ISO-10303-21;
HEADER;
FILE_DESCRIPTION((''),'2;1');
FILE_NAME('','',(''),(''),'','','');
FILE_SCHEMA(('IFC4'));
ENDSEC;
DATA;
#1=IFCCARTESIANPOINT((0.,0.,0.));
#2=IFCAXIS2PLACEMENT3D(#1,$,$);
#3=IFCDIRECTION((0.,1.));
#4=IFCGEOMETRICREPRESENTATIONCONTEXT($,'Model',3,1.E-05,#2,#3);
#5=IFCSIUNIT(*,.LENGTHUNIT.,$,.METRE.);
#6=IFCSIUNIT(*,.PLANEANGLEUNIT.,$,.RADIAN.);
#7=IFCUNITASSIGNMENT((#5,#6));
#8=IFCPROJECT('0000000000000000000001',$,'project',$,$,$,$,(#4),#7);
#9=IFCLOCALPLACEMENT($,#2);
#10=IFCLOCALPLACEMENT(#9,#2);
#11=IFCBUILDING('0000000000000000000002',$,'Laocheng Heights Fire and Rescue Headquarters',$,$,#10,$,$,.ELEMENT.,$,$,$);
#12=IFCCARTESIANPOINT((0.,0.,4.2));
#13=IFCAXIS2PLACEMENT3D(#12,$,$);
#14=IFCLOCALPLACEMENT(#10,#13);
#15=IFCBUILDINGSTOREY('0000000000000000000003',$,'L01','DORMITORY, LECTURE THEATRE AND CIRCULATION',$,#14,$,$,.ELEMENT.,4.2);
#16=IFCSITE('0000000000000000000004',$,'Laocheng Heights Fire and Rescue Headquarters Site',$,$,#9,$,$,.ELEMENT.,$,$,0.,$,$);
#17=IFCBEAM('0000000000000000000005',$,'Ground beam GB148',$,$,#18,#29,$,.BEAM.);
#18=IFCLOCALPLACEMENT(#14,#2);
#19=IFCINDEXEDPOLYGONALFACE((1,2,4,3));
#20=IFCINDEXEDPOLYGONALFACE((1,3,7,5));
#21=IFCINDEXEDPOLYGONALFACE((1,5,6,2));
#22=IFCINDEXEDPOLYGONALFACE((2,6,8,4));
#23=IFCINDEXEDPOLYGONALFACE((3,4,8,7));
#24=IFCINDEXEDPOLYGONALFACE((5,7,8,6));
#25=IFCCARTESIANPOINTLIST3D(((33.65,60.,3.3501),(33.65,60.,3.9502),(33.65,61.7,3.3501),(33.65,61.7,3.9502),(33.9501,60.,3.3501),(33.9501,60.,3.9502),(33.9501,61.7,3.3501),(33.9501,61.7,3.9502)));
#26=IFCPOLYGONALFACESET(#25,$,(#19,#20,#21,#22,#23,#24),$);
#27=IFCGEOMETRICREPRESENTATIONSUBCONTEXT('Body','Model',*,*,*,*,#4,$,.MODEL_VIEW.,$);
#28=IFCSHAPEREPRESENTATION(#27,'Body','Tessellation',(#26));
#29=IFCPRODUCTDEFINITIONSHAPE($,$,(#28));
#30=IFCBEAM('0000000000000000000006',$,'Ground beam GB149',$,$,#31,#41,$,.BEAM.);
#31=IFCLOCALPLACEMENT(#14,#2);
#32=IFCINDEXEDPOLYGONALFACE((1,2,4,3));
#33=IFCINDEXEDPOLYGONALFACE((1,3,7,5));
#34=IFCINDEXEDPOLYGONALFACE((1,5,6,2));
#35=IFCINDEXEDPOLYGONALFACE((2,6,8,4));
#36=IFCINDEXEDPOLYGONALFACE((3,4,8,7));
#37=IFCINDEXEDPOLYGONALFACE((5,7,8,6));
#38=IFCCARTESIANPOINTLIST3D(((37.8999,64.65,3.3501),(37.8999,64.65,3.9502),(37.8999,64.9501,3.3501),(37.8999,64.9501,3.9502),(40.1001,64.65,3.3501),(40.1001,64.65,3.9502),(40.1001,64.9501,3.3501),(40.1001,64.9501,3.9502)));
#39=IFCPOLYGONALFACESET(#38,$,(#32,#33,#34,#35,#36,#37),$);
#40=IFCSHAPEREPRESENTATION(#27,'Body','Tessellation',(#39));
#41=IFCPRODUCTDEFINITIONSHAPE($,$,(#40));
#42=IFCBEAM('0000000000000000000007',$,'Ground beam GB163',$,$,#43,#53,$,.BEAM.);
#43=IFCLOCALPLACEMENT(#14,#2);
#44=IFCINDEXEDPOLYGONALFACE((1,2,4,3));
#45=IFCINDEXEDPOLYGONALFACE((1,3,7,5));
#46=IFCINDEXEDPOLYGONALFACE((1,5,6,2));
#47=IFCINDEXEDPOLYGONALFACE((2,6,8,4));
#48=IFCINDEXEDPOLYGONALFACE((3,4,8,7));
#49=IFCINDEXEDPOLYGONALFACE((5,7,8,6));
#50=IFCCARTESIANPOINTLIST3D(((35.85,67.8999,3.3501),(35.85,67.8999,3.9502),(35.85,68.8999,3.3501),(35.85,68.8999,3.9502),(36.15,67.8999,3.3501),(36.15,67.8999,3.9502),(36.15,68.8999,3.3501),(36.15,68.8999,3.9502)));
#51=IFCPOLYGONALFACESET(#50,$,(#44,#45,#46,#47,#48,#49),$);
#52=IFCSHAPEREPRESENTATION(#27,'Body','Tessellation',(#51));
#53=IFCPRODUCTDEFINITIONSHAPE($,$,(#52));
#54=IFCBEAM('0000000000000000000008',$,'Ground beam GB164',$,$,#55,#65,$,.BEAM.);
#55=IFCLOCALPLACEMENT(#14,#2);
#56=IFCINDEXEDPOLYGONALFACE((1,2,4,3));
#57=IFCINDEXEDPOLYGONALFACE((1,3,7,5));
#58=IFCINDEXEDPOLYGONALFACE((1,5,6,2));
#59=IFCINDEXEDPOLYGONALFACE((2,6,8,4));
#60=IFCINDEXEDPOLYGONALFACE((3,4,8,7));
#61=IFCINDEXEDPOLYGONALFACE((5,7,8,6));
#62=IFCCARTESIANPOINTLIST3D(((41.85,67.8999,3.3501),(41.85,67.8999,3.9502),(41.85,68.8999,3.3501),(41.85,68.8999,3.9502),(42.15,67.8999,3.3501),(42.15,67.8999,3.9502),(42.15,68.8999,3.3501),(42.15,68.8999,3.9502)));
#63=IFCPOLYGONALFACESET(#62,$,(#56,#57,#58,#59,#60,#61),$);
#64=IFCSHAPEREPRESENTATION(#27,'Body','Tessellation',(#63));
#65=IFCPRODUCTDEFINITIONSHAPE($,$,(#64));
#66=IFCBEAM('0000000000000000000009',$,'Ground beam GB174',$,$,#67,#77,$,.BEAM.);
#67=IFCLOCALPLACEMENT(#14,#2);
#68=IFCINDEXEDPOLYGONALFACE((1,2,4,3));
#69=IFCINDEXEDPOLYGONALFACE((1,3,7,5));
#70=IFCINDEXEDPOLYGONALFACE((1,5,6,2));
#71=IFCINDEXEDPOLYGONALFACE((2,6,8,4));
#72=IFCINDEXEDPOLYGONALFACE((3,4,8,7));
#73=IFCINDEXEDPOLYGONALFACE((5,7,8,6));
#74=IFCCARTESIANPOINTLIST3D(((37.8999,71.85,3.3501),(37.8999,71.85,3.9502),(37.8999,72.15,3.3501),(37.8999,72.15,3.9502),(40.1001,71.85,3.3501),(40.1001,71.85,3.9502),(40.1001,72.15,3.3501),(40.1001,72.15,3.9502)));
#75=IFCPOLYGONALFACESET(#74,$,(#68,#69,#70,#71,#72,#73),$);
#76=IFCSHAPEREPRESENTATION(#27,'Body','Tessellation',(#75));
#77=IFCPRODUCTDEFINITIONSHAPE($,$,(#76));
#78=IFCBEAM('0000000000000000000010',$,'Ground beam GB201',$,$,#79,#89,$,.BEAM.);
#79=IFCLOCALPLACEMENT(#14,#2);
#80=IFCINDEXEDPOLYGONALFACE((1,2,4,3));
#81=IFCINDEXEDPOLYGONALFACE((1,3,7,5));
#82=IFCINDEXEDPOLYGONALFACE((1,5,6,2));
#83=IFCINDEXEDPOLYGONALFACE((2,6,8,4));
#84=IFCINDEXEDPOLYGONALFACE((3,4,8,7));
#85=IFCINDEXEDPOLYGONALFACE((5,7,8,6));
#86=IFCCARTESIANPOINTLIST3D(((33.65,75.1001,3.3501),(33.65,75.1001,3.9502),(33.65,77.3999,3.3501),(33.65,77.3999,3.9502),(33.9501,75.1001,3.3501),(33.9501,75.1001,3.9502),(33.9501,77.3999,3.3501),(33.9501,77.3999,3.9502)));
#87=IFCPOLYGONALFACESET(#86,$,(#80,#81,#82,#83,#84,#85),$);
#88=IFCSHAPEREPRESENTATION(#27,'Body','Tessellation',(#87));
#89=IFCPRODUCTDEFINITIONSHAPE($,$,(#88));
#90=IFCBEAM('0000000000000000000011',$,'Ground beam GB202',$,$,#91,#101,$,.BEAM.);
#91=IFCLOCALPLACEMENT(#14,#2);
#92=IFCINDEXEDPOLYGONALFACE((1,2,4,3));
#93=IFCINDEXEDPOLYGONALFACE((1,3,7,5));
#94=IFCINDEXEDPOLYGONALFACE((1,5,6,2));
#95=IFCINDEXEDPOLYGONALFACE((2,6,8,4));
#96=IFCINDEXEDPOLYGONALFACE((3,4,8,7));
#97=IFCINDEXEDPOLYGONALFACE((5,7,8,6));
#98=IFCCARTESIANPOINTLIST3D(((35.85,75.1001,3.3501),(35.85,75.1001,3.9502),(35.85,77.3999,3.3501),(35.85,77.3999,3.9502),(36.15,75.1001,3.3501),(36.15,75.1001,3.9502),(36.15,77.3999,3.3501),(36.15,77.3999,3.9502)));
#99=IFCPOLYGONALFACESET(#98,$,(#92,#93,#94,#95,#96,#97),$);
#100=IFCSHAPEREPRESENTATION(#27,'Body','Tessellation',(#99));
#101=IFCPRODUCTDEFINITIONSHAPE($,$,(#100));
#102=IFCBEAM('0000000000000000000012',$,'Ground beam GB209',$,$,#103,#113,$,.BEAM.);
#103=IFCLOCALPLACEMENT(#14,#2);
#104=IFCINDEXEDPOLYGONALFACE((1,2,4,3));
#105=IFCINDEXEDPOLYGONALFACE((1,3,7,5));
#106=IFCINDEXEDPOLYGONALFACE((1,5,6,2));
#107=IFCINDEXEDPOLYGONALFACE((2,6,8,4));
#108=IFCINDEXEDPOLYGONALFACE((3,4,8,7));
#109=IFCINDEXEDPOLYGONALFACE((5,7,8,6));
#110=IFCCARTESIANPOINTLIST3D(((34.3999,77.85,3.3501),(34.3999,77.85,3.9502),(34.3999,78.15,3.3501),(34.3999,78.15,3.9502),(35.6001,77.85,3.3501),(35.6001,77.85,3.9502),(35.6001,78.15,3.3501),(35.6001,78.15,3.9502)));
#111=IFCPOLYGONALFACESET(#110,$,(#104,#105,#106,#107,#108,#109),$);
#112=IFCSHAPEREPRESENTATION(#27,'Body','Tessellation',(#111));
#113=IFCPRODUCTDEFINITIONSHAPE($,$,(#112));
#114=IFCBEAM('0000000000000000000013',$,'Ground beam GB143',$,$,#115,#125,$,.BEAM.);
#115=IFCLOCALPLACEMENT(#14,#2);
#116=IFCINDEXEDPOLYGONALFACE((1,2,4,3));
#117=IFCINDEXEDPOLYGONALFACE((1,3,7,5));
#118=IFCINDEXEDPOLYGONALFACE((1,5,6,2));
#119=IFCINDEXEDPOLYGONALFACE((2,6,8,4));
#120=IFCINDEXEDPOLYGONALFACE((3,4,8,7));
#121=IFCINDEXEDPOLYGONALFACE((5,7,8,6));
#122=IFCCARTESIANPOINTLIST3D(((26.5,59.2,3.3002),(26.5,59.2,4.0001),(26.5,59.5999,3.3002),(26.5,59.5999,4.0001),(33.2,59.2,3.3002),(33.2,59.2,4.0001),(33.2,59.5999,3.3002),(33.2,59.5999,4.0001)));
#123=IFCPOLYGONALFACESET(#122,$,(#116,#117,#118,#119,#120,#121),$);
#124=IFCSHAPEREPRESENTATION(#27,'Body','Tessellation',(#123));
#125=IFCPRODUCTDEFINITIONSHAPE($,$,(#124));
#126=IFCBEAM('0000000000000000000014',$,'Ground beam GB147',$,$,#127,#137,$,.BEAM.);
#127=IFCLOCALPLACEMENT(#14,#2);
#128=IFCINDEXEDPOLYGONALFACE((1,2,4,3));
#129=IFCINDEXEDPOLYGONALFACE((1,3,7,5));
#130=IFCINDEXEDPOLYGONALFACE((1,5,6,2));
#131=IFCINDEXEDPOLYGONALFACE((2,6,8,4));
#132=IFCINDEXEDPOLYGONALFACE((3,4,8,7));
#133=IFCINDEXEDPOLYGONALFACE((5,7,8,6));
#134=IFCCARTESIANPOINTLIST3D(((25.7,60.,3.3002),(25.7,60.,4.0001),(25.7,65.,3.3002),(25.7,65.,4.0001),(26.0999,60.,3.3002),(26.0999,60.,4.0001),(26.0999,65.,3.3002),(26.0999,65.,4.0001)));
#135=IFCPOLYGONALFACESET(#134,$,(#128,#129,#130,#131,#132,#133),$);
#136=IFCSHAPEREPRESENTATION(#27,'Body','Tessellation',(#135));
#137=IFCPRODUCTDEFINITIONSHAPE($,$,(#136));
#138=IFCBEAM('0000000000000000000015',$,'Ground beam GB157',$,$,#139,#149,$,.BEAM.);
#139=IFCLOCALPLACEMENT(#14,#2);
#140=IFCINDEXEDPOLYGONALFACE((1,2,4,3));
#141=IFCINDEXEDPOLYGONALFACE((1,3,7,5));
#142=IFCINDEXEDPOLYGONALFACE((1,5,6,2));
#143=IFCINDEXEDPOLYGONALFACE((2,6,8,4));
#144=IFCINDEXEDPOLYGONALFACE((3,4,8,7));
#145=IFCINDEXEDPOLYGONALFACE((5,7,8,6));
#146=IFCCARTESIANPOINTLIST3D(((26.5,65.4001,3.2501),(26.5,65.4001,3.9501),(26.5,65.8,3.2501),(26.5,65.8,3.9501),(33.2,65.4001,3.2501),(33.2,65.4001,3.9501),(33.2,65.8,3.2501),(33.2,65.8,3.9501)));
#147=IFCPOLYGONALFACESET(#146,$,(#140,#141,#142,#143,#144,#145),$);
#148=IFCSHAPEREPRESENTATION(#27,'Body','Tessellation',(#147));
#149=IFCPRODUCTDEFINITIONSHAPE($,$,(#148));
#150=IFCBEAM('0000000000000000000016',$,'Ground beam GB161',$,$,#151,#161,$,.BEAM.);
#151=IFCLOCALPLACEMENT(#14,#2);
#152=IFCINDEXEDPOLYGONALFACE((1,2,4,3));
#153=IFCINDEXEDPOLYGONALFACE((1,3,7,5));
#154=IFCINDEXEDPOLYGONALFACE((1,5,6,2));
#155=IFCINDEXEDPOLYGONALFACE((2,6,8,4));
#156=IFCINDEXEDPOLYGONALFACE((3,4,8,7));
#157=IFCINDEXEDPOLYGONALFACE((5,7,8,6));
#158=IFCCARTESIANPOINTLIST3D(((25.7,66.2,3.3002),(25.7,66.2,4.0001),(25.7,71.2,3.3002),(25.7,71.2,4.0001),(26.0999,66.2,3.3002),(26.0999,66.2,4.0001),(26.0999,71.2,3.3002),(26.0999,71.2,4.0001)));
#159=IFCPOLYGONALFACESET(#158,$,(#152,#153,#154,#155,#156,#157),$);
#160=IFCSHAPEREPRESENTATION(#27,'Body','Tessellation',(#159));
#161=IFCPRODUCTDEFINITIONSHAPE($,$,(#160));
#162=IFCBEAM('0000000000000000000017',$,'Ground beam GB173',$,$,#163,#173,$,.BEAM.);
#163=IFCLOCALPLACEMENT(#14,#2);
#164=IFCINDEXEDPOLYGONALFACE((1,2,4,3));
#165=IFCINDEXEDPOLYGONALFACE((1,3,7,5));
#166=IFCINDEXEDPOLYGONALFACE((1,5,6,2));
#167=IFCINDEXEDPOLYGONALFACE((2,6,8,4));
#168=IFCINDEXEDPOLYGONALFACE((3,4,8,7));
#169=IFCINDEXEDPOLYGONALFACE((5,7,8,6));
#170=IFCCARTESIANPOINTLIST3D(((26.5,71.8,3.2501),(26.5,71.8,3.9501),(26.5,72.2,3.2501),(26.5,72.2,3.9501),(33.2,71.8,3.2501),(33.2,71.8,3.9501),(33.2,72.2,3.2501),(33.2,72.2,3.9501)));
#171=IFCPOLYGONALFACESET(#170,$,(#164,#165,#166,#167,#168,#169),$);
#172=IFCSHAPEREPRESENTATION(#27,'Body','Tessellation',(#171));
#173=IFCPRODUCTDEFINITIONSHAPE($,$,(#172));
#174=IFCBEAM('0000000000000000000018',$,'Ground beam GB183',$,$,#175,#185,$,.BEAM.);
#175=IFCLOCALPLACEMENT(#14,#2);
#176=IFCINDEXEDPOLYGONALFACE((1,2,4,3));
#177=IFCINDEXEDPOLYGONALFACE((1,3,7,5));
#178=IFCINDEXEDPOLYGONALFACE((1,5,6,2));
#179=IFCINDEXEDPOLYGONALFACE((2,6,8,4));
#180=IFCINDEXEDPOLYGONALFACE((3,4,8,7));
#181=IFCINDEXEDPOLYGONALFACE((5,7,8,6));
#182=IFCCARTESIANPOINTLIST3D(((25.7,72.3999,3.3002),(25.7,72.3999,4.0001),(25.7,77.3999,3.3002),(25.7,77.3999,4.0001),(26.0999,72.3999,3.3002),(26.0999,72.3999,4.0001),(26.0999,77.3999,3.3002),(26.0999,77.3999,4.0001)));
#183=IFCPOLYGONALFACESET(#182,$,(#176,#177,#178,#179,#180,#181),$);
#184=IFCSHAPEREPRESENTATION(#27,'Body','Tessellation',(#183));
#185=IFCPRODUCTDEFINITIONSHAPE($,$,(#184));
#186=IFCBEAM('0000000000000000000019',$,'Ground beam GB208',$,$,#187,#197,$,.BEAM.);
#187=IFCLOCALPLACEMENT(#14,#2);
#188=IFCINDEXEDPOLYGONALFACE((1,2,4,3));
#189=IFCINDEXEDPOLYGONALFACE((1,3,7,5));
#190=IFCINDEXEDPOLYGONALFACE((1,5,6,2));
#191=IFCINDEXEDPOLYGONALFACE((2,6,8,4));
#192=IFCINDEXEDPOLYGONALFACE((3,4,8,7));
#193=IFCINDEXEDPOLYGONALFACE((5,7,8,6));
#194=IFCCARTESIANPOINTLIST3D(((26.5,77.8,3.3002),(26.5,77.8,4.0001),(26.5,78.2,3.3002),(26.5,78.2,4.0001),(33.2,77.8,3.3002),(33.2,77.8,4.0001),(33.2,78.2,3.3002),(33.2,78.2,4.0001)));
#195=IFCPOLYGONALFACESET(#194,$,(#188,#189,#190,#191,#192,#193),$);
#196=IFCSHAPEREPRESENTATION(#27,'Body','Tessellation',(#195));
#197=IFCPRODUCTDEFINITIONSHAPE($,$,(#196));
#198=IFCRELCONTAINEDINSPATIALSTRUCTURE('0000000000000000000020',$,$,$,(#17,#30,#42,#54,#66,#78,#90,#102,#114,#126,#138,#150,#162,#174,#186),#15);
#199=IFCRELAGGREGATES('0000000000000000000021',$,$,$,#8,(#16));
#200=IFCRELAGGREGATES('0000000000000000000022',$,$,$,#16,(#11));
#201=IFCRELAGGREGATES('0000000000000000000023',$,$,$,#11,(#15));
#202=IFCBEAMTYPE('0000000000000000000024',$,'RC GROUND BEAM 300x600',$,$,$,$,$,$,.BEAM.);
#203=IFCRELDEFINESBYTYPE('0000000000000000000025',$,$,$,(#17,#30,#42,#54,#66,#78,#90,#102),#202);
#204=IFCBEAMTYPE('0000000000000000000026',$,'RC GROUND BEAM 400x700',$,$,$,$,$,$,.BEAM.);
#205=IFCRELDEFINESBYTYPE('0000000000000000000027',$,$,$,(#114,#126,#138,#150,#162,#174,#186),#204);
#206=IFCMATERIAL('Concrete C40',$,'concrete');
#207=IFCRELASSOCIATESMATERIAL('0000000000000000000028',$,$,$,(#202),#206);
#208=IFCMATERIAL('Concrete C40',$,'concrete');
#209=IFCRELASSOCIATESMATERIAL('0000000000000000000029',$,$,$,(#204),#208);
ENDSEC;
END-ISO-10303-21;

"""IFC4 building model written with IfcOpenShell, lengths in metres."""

from ifc_helpers import new_model, si_unit, direction, frame, origin, origin_2d, place, context, subcontext, project, spatial, rectangle, extrude, material, material_profile, profile_set, type_object, element, save


model = new_model("IFC4")

# Units and contexts
model_context = context("Model", 3, precision=1e-05, world=origin(), true_north=direction((0.0, 1.0)))
body_context = subcontext(model_context, "Body", "Model", "MODEL_VIEW")
ifc_project = project(units=[si_unit("LENGTHUNIT", "METRE"), si_unit("PLANEANGLEUNIT", "RADIAN")], contexts=[model_context])

# Site, building, storey
site_placement = place(None, origin())
site = spatial("IfcSite", under=ifc_project, at=site_placement, Name="Laocheng Heights Fire and Rescue Headquarters Site", CompositionType="ELEMENT", RefElevation=0.0)
building_placement = place(site_placement, origin())
building = spatial("IfcBuilding", under=site, at=building_placement, Name="Laocheng Heights Fire and Rescue Headquarters", CompositionType="ELEMENT")
storey_placement = place(building_placement, frame((0.0, 0.0, 4.2)))
storey = spatial("IfcBuildingStorey", under=building, at=storey_placement, Name="L01", Description="DORMITORY, LECTURE THEATRE AND CIRCULATION", CompositionType="ELEMENT", Elevation=4.2)

# Beams
ifc_material_1 = material(Name="Concrete C40", Category="concrete")
ifc_material_profile_1 = material_profile(ifc_material_1, rectangle(XDim=0.3, YDim=0.6001, at=origin_2d()), Name="RC GROUND BEAM 300x600")
ifc_profile_set_1 = profile_set([ifc_material_profile_1], Name="Concrete C40")
beam_type_1 = type_object("IfcBeamType", Name="RC GROUND BEAM 300x600", PredefinedType="BEAM", material=ifc_profile_set_1)
beam_1_placement = place(storey_placement, frame((33.8, 60.0, 3.6501), z_axis=(0.0, 1.0, 0.0), x_axis=(-1.0, 0.0, 0.0)))
element("IfcBeam", 1, at=beam_1_placement, inside=storey, type_object=beam_type_1, Name="Ground beam GB148", PredefinedType="BEAM", context=body_context, shape_type="SweptSolid", body=[
    extrude(rectangle(XDim=0.3, YDim=0.6001, at=origin_2d()), origin(), (0.0, 0.0, 1.0), 1.7),
])
beam_2_placement = place(storey_placement, frame((37.8999, 64.8, 3.6501), z_axis=(1.0, 0.0, 0.0), x_axis=(0.0, 1.0, 0.0)))
element("IfcBeam", 2, at=beam_2_placement, inside=storey, type_object=beam_type_1, Name="Ground beam GB149", PredefinedType="BEAM", context=body_context, shape_type="SweptSolid", body=[
    extrude(rectangle(XDim=0.3, YDim=0.6001, at=origin_2d()), origin(), (0.0, 0.0, 1.0), 2.2002),
])
for number, where, z_axis, x_axis, name in (
    (3, (36.0, 67.8999, 3.6501), (0.0, 1.0, 0.0), (-1.0, 0.0, 0.0), "Ground beam GB163"),
    (4, (42.0, 67.8999, 3.6501), (0.0, 1.0, 0.0), (-1.0, 0.0, 0.0), "Ground beam GB164"),
):
    element("IfcBeam", number, at=place(storey_placement, frame(where, z_axis=z_axis, x_axis=x_axis)), inside=storey, type_object=beam_type_1, Name=name, PredefinedType="BEAM", context=body_context, shape_type="SweptSolid", body=[
        extrude(rectangle(XDim=0.3, YDim=0.6001, at=origin_2d()), origin(), (0.0, 0.0, 1.0), 1.0),
    ])
beam_3_placement = place(storey_placement, frame((37.8999, 72.0, 3.6501), z_axis=(1.0, 0.0, 0.0), x_axis=(0.0, 1.0, 0.0)))
element("IfcBeam", 5, at=beam_3_placement, inside=storey, type_object=beam_type_1, Name="Ground beam GB174", PredefinedType="BEAM", context=body_context, shape_type="SweptSolid", body=[
    extrude(rectangle(XDim=0.3, YDim=0.6001, at=origin_2d()), origin(), (0.0, 0.0, 1.0), 2.2002),
])
for number, where, z_axis, x_axis, name in (
    (6, (33.8, 75.1001, 3.6501), (0.0, 1.0, 0.0), (-1.0, 0.0, 0.0), "Ground beam GB201"),
    (7, (36.0, 75.1001, 3.6501), (0.0, 1.0, 0.0), (-1.0, 0.0, 0.0), "Ground beam GB202"),
):
    element("IfcBeam", number, at=place(storey_placement, frame(where, z_axis=z_axis, x_axis=x_axis)), inside=storey, type_object=beam_type_1, Name=name, PredefinedType="BEAM", context=body_context, shape_type="SweptSolid", body=[
        extrude(rectangle(XDim=0.3, YDim=0.6001, at=origin_2d()), origin(), (0.0, 0.0, 1.0), 2.2998),
    ])
beam_4_placement = place(storey_placement, frame((34.3999, 78.0, 3.6501), z_axis=(1.0, 0.0, 0.0), x_axis=(0.0, 1.0, 0.0)))
element("IfcBeam", 8, at=beam_4_placement, inside=storey, type_object=beam_type_1, Name="Ground beam GB209", PredefinedType="BEAM", context=body_context, shape_type="SweptSolid", body=[
    extrude(rectangle(XDim=0.3, YDim=0.6001, at=origin_2d()), origin(), (0.0, 0.0, 1.0), 1.2002),
])
ifc_material_2 = material(Name="Concrete C40", Category="concrete")
ifc_material_profile_2 = material_profile(ifc_material_2, rectangle(XDim=0.3999, YDim=0.7, at=origin_2d()), Name="RC GROUND BEAM 400x700")
ifc_profile_set_2 = profile_set([ifc_material_profile_2], Name="Concrete C40")
beam_type_2 = type_object("IfcBeamType", Name="RC GROUND BEAM 400x700", PredefinedType="BEAM", material=ifc_profile_set_2)
beam_5_placement = place(storey_placement, frame((26.5, 59.3999, 3.6501), z_axis=(1.0, 0.0, 0.0), x_axis=(0.0, 1.0, 0.0)))
element("IfcBeam", 9, at=beam_5_placement, inside=storey, type_object=beam_type_2, Name="Ground beam GB143", PredefinedType="BEAM", context=body_context, shape_type="SweptSolid", body=[
    extrude(rectangle(XDim=0.3999, YDim=0.7, at=origin_2d()), origin(), (0.0, 0.0, 1.0), 6.7),
])
beam_6_placement = place(storey_placement, frame((25.8999, 60.0, 3.6501), z_axis=(0.0, 1.0, 0.0), x_axis=(-1.0, 0.0, 0.0)))
element("IfcBeam", 10, at=beam_6_placement, inside=storey, type_object=beam_type_2, Name="Ground beam GB147", PredefinedType="BEAM", context=body_context, shape_type="SweptSolid", body=[
    extrude(rectangle(XDim=0.3999, YDim=0.7, at=origin_2d()), origin(), (0.0, 0.0, 1.0), 5.0),
])
beam_7_placement = place(storey_placement, frame((26.5, 65.6001, 3.6001), z_axis=(1.0, 0.0, 0.0), x_axis=(0.0, 1.0, 0.0)))
element("IfcBeam", 11, at=beam_7_placement, inside=storey, type_object=beam_type_2, Name="Ground beam GB157", PredefinedType="BEAM", context=body_context, shape_type="SweptSolid", body=[
    extrude(rectangle(XDim=0.3999, YDim=0.7, at=origin_2d()), origin(), (0.0, 0.0, 1.0), 6.7),
])
beam_8_placement = place(storey_placement, frame((25.8999, 66.2, 3.6501), z_axis=(0.0, 1.0, 0.0), x_axis=(-1.0, 0.0, 0.0)))
element("IfcBeam", 12, at=beam_8_placement, inside=storey, type_object=beam_type_2, Name="Ground beam GB161", PredefinedType="BEAM", context=body_context, shape_type="SweptSolid", body=[
    extrude(rectangle(XDim=0.3999, YDim=0.7, at=origin_2d()), origin(), (0.0, 0.0, 1.0), 5.0),
])
beam_9_placement = place(storey_placement, frame((26.5, 72.0, 3.6001), z_axis=(1.0, 0.0, 0.0), x_axis=(0.0, 1.0, 0.0)))
element("IfcBeam", 13, at=beam_9_placement, inside=storey, type_object=beam_type_2, Name="Ground beam GB173", PredefinedType="BEAM", context=body_context, shape_type="SweptSolid", body=[
    extrude(rectangle(XDim=0.3999, YDim=0.7, at=origin_2d()), origin(), (0.0, 0.0, 1.0), 6.7),
])
beam_10_placement = place(storey_placement, frame((25.8999, 72.3999, 3.6501), z_axis=(0.0, 1.0, 0.0), x_axis=(-1.0, 0.0, 0.0)))
element("IfcBeam", 14, at=beam_10_placement, inside=storey, type_object=beam_type_2, Name="Ground beam GB183", PredefinedType="BEAM", context=body_context, shape_type="SweptSolid", body=[
    extrude(rectangle(XDim=0.3999, YDim=0.7, at=origin_2d()), origin(), (0.0, 0.0, 1.0), 5.0),
])
beam_11_placement = place(storey_placement, frame((26.5, 78.0, 3.6501), z_axis=(1.0, 0.0, 0.0), x_axis=(0.0, 1.0, 0.0)))
element("IfcBeam", 15, at=beam_11_placement, inside=storey, type_object=beam_type_2, Name="Ground beam GB208", PredefinedType="BEAM", context=body_context, shape_type="SweptSolid", body=[
    extrude(rectangle(XDim=0.3999, YDim=0.7, at=origin_2d()), origin(), (0.0, 0.0, 1.0), 6.7),
])

save(model, "model.ifc")
